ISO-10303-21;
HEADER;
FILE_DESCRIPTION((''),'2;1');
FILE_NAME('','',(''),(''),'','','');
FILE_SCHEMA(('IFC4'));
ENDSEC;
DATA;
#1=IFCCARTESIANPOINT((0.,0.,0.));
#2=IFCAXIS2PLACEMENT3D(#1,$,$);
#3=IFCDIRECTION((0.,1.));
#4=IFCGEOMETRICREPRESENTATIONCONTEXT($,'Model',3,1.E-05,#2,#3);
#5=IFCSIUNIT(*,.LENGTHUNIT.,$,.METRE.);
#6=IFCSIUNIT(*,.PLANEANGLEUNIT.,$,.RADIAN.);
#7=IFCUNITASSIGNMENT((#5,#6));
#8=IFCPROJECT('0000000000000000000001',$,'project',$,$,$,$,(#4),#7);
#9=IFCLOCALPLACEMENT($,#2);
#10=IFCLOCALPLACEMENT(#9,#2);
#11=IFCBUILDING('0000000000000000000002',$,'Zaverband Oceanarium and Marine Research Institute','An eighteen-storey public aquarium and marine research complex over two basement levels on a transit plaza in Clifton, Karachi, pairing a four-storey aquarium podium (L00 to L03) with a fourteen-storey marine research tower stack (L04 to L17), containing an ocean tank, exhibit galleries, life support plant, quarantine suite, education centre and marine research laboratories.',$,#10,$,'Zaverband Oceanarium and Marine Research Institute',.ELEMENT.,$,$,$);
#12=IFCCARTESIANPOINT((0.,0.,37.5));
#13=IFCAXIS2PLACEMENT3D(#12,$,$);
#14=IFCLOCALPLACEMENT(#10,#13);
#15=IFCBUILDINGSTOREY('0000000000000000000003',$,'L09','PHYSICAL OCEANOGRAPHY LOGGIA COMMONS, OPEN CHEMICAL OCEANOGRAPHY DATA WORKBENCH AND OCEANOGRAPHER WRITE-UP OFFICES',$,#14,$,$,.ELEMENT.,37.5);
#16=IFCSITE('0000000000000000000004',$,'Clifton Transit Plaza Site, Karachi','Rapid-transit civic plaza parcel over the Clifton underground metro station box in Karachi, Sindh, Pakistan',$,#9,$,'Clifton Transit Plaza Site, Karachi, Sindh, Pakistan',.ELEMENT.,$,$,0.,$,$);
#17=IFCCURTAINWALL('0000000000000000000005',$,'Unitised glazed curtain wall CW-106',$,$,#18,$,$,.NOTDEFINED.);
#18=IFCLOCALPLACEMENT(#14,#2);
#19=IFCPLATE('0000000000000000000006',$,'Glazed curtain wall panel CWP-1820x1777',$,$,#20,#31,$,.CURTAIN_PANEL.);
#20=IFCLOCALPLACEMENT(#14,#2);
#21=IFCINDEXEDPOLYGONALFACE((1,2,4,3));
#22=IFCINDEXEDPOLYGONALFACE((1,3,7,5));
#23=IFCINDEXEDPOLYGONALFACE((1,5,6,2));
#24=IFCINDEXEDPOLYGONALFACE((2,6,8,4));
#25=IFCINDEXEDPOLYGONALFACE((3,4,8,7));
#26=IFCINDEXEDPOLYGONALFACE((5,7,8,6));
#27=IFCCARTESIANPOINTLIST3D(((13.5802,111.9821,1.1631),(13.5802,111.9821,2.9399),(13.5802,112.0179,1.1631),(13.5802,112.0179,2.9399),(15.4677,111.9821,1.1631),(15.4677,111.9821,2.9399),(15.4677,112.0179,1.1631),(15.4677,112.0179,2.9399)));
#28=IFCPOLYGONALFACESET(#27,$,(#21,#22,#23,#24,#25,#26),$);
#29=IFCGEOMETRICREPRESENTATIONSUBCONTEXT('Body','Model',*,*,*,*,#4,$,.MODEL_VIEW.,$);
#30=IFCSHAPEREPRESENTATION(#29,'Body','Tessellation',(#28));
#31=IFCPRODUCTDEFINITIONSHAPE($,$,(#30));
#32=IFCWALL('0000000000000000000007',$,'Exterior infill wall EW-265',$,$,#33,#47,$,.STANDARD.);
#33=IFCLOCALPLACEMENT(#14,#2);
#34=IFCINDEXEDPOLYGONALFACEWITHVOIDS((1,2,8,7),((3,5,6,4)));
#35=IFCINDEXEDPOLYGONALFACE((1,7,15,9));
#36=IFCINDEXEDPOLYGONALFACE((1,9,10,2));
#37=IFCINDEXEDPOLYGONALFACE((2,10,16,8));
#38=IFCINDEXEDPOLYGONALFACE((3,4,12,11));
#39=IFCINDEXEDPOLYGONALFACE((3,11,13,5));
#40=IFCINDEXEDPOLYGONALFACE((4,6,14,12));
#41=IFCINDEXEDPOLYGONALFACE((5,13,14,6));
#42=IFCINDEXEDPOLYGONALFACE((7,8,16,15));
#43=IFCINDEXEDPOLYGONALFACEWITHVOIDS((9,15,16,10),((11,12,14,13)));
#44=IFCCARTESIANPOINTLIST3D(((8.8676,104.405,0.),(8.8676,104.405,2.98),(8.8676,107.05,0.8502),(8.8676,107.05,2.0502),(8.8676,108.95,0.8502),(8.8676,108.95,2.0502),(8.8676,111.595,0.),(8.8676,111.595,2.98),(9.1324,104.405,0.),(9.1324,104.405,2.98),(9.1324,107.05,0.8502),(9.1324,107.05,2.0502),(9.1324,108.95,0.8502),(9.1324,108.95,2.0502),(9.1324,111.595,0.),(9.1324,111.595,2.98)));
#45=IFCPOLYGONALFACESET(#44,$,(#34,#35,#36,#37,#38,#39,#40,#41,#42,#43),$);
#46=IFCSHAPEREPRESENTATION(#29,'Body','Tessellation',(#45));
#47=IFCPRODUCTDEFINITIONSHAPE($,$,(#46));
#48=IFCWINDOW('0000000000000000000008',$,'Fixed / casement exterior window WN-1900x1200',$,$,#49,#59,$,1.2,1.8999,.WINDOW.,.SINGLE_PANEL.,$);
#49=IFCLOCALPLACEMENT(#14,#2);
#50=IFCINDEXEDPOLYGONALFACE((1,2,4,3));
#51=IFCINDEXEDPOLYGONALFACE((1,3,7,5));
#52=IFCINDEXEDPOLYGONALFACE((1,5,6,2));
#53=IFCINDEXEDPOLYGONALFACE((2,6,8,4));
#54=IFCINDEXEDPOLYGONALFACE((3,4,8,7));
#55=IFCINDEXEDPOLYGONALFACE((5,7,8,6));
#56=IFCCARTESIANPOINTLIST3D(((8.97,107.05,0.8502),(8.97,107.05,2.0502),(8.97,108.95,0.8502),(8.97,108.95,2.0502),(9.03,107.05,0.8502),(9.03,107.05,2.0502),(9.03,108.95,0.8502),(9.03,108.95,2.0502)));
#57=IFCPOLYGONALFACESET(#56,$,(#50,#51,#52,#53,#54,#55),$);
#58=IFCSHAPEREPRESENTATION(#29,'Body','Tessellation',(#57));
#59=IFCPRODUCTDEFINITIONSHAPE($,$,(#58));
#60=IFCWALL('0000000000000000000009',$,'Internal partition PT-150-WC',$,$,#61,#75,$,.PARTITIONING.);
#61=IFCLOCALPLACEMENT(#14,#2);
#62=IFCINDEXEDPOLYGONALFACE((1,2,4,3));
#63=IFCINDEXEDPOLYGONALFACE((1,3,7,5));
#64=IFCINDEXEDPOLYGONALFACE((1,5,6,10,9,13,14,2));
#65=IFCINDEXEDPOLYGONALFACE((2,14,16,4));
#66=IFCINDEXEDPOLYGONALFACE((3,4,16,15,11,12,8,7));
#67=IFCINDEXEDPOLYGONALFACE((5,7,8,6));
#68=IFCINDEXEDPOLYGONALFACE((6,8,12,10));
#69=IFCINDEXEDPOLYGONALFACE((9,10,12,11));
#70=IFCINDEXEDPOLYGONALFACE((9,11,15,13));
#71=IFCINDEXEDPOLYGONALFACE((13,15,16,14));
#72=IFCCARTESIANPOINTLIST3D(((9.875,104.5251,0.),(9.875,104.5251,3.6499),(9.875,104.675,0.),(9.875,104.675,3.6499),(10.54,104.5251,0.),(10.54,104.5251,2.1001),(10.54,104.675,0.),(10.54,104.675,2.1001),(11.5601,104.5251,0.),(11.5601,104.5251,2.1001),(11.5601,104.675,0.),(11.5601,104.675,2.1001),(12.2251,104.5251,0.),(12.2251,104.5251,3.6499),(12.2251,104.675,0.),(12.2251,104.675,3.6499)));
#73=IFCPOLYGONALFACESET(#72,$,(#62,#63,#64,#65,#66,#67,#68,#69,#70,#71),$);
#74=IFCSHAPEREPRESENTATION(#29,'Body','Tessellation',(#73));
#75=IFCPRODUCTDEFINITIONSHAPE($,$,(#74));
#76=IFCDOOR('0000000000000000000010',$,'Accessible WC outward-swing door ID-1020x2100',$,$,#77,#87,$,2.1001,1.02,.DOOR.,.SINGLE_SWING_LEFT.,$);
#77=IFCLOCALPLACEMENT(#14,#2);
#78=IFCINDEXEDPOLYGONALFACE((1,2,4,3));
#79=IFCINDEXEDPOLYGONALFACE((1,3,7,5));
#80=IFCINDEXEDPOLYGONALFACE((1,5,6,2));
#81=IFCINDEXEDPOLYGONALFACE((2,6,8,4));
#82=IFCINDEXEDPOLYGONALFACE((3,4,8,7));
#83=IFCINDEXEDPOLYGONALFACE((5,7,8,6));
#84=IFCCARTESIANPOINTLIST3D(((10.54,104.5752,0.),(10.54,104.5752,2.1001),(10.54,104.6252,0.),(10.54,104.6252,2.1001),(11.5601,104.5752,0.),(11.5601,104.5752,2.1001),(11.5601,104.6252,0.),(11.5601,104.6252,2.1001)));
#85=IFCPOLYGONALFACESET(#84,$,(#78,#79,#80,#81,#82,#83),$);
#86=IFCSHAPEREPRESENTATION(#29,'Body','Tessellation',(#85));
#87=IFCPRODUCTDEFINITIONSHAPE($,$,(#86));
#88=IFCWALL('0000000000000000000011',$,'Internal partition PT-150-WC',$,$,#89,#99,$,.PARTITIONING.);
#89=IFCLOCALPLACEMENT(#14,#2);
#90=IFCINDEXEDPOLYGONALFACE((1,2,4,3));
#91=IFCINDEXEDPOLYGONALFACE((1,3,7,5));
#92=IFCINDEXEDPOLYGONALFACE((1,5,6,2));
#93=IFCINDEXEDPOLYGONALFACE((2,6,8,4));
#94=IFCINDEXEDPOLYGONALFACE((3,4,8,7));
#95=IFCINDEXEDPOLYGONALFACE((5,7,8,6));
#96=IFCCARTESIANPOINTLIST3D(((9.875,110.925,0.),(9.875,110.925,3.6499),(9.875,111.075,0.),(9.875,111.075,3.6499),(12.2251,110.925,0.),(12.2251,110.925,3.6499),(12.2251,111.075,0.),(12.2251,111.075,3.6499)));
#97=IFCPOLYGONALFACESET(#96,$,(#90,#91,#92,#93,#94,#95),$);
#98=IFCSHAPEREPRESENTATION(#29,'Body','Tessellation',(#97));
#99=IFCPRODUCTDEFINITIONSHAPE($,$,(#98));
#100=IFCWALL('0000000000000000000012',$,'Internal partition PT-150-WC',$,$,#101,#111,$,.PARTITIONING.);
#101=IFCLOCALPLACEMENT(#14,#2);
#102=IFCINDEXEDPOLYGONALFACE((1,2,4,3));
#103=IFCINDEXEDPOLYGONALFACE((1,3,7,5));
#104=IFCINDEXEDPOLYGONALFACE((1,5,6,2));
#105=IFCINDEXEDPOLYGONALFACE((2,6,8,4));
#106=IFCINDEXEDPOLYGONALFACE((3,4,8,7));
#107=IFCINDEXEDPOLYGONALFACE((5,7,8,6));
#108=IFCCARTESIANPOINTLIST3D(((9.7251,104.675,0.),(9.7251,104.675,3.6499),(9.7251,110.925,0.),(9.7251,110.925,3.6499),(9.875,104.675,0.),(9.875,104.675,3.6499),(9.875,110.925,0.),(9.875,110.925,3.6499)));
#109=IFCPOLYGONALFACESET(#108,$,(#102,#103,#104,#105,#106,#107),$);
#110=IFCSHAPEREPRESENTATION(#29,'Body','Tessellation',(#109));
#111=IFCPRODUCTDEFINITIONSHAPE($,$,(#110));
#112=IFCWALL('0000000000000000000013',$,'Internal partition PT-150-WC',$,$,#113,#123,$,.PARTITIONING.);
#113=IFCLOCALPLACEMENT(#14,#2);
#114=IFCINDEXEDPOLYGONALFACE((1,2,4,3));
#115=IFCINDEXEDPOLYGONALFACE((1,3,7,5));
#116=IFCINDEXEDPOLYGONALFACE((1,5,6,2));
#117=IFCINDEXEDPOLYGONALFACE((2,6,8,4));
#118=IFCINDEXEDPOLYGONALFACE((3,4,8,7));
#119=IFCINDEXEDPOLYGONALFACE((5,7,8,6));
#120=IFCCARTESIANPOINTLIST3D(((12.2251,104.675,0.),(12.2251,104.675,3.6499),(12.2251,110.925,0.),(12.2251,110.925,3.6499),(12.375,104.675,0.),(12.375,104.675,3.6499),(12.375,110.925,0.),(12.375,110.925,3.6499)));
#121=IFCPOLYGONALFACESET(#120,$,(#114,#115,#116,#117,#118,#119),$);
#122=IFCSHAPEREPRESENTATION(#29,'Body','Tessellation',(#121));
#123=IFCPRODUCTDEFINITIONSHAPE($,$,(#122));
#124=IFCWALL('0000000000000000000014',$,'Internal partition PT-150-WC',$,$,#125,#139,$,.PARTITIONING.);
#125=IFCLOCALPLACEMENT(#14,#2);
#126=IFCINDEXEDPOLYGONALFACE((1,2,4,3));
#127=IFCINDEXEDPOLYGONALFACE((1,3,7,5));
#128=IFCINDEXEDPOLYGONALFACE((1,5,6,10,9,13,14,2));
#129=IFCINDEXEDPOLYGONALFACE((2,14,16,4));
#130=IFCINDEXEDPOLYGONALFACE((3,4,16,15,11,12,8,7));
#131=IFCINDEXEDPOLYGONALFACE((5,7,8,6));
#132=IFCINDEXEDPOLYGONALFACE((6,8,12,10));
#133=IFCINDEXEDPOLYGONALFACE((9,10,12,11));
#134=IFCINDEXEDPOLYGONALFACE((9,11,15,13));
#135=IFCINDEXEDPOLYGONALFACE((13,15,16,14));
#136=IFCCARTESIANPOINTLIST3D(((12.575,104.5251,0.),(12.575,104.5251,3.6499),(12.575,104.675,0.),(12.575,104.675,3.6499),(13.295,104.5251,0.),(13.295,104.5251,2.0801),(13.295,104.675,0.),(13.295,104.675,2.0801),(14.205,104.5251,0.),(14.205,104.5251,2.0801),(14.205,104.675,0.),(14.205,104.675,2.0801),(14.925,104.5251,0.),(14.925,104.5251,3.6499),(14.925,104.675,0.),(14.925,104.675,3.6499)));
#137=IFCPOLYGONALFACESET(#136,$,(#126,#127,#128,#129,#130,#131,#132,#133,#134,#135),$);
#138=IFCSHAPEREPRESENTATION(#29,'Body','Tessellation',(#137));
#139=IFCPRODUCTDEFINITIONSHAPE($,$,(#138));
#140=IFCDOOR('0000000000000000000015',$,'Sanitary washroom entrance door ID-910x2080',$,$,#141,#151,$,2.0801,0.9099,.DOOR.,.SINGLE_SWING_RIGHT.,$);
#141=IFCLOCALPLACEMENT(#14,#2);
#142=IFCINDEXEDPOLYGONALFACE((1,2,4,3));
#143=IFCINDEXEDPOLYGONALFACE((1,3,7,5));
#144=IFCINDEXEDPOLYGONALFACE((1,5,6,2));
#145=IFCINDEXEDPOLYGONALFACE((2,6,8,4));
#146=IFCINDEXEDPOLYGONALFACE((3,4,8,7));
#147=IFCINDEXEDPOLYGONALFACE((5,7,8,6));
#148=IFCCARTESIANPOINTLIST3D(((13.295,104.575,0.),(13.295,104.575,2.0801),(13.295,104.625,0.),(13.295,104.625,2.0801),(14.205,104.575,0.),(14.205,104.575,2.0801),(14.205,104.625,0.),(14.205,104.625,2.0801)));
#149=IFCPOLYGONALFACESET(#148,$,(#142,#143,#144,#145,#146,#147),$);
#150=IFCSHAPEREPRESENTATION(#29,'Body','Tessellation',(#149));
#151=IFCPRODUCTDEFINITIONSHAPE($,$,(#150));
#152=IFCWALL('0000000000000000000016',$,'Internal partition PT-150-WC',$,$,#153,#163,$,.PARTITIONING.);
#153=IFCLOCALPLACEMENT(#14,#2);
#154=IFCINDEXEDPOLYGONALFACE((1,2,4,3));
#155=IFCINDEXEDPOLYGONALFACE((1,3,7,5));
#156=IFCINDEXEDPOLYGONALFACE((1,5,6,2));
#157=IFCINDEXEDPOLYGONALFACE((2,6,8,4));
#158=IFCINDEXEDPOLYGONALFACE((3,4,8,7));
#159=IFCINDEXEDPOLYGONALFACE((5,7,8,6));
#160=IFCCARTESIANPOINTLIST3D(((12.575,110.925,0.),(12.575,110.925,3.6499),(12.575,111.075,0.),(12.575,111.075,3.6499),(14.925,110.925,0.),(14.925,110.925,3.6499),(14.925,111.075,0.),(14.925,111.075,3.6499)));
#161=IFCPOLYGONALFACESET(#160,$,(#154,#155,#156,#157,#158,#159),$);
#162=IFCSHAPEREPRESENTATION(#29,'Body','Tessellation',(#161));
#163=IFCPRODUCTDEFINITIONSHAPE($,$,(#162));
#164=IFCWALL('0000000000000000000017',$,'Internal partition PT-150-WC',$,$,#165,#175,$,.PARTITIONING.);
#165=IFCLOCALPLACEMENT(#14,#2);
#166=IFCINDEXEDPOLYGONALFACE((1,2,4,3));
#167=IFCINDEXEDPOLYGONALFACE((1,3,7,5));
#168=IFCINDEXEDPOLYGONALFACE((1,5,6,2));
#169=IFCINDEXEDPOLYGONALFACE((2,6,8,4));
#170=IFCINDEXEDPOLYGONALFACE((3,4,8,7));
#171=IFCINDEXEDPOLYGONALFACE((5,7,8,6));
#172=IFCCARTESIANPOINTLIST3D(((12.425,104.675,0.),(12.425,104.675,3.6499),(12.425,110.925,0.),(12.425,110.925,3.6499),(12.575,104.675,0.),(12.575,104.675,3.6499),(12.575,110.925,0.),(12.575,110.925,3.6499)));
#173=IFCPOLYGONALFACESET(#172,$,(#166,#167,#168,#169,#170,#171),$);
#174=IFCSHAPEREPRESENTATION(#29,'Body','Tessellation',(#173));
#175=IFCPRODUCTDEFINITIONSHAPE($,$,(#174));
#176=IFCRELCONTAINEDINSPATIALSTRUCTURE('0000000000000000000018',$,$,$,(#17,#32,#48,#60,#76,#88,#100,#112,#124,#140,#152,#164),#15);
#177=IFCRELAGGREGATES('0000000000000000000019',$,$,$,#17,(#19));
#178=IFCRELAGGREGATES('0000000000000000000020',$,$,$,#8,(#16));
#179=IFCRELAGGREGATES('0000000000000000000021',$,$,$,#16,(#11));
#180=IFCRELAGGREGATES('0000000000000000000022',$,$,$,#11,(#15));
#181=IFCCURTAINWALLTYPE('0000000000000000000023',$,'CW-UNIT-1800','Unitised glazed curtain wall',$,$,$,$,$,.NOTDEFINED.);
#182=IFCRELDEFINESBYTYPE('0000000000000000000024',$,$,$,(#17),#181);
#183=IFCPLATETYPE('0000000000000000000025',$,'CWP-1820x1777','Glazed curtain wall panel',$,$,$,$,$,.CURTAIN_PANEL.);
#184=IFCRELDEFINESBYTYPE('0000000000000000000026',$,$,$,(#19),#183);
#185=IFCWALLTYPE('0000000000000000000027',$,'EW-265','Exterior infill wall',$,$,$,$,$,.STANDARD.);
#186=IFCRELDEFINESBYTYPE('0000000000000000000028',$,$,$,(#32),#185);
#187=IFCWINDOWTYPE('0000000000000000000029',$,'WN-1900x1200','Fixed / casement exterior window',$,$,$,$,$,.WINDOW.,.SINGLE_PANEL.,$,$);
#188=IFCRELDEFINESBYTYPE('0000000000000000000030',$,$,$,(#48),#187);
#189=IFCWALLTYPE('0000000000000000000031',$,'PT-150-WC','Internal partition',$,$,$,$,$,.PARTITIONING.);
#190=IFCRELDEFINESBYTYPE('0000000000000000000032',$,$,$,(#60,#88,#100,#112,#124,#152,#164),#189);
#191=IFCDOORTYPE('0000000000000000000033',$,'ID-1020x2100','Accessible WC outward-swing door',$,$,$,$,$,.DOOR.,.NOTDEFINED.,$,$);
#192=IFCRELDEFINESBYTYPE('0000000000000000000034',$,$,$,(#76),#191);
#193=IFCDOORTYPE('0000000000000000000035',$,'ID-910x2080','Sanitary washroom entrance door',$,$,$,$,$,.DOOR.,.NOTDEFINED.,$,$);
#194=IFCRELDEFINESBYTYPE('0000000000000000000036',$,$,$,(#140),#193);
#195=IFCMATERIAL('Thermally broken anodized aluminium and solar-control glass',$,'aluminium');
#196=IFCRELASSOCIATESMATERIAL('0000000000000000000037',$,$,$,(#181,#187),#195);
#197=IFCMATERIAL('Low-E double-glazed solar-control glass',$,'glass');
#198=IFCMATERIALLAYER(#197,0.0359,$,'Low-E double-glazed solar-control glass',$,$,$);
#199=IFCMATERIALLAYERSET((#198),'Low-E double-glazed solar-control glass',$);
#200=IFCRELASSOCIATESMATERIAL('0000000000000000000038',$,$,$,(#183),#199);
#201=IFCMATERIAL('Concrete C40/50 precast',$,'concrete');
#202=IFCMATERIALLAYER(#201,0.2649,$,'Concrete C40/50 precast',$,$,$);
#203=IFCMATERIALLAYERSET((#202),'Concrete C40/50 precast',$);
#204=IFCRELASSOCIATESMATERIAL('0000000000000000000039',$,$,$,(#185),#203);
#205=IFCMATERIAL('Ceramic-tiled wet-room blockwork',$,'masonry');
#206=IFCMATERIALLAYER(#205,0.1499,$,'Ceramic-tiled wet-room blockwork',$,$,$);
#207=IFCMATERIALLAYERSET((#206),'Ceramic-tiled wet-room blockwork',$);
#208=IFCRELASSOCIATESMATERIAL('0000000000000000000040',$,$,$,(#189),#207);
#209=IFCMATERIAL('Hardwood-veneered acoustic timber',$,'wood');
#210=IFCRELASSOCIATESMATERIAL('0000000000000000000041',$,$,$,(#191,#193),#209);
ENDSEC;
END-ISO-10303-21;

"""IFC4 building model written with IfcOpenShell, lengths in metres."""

from ifc_helpers import new_model, si_unit, direction, frame, frame_2d, origin, place, context, subcontext, project, spatial, rectangle, extrude, material, layer, layer_set, type_object, element, fill, aggregate, save


model = new_model("IFC4")

# Units and contexts
model_context = context("Model", 3, precision=1e-05, world=origin(), true_north=direction((0.0, 1.0)))
body_context = subcontext(model_context, "Body", "Model", "MODEL_VIEW")
ifc_project = project(units=[si_unit("LENGTHUNIT", "METRE"), si_unit("PLANEANGLEUNIT", "RADIAN")], contexts=[model_context])

# Site, building, storey
site_placement = place(None, origin())
site = spatial("IfcSite", under=ifc_project, at=site_placement, Name="Clifton Transit Plaza Site, Karachi", Description="Rapid-transit civic plaza parcel over the Clifton underground metro station box in Karachi, Sindh, Pakistan", LongName="Clifton Transit Plaza Site, Karachi, Sindh, Pakistan", CompositionType="ELEMENT", RefElevation=0.0)
building_placement = place(site_placement, origin())
building = spatial("IfcBuilding", under=site, at=building_placement, Name="Zaverband Oceanarium and Marine Research Institute", Description="An eighteen-storey public aquarium and marine research complex over two basement levels on a transit plaza in Clifton, Karachi, pairing a four-storey aquarium podium (L00 to L03) with a fourteen-storey marine research tower stack (L04 to L17), containing an ocean tank, exhibit galleries, life support plant, quarantine suite, education centre and marine research laboratories.", LongName="Zaverband Oceanarium and Marine Research Institute", CompositionType="ELEMENT")
storey_placement = place(building_placement, frame((0.0, 0.0, 37.5)))
storey = spatial("IfcBuildingStorey", under=building, at=storey_placement, Name="L09", Description="PHYSICAL OCEANOGRAPHY LOGGIA COMMONS, OPEN CHEMICAL OCEANOGRAPHY DATA WORKBENCH AND OCEANOGRAPHER WRITE-UP OFFICES", CompositionType="ELEMENT", Elevation=37.5)

# Curtain wall
ifc_material_1 = material(Name="Thermally broken anodized aluminium and solar-control glass", Category="aluminium")
curtain_wall_type = type_object("IfcCurtainWallType", Name="CW-UNIT-1800", Description="Unitised glazed curtain wall", PredefinedType="NOTDEFINED", material=ifc_material_1)
curtain_wall_placement = place(storey_placement, origin())
curtain_wall = element("IfcCurtainWall", 1, at=curtain_wall_placement, inside=storey, type_object=curtain_wall_type, Name="Unitised glazed curtain wall CW-106", PredefinedType="NOTDEFINED")

# Plate
ifc_material_2 = material(Name="Low-E double-glazed solar-control glass", Category="glass")
ifc_layer_1 = layer(ifc_material_2, 0.0359, Name="Low-E double-glazed solar-control glass")
ifc_layer_set_1 = layer_set([ifc_layer_1], Name="Low-E double-glazed solar-control glass")
plate_type_1 = type_object("IfcPlateType", Name="CWP-1820x1777", Description="Glazed curtain wall panel", PredefinedType="CURTAIN_PANEL", material=ifc_layer_set_1)
plate_1_placement = place(storey_placement, frame((13.5801, 112.0, 1.1631), z_axis=(0.0, 0.0, 1.0), x_axis=(1.0, 0.0, 0.0)))
plate_1 = element("IfcPlate", 2, at=plate_1_placement, type_object=plate_type_1, Name="Glazed curtain wall panel CWP-1820x1777", PredefinedType="CURTAIN_PANEL", context=body_context, shape_type="SweptSolid", body=[
    extrude(rectangle(XDim=1.8875, YDim=0.0359, at=frame_2d((0.9438, 0.0))), origin(), (0.0, 0.0, 1.0), 1.7769),
])
aggregate(curtain_wall, [plate_1])

# Wall, opening, window
ifc_material_3 = material(Name="Concrete C40/50 precast", Category="concrete")
ifc_layer_2 = layer(ifc_material_3, 0.2649, Name="Concrete C40/50 precast")
ifc_layer_set_2 = layer_set([ifc_layer_2], Name="Concrete C40/50 precast")
wall_type_1 = type_object("IfcWallType", Name="EW-265", Description="Exterior infill wall", PredefinedType="STANDARD", material=ifc_layer_set_2)
wall_1_placement = place(storey_placement, frame((9.0, 104.405, 0.0), z_axis=(0.0, 0.0, 1.0), x_axis=(0.0, 1.0, 0.0)))
wall_1 = element("IfcWall", 3, at=wall_1_placement, inside=storey, type_object=wall_type_1, Name="Exterior infill wall EW-265", PredefinedType="STANDARD", context=body_context, shape_type="SweptSolid", body=[
    extrude(rectangle(XDim=7.1899, YDim=0.2649, at=frame_2d((3.595, 0.0))), origin(), (0.0, 0.0, 1.0), 2.98),
])
opening_1_placement = place(wall_1_placement, frame((2.645, 0.0, 0.8501)))
opening_1 = element("IfcOpeningElement", 4, at=opening_1_placement, cuts=wall_1, PredefinedType="OPENING", context=body_context, shape_type="SweptSolid", body=[
    extrude(rectangle(XDim=1.8999, YDim=1.2, at=frame_2d((0.95, 0.6001))), frame((0.0, 0.1445, 0.0), z_axis=(0.0, -1.0, 0.0), x_axis=(1.0, 0.0, 0.0)), (0.0, 0.0, 1.0), 0.2888),
])
window_type = type_object("IfcWindowType", Name="WN-1900x1200", Description="Fixed / casement exterior window", PartitioningType="SINGLE_PANEL", PredefinedType="WINDOW", material=ifc_material_1)
window_placement = place(opening_1_placement, origin())
window = element("IfcWindow", 5, at=window_placement, inside=storey, type_object=window_type, Name="Fixed / casement exterior window WN-1900x1200", OverallHeight=1.2, OverallWidth=1.8999, PartitioningType="SINGLE_PANEL", PredefinedType="WINDOW", context=body_context, shape_type="SweptSolid", body=[
    extrude(rectangle(XDim=1.8999, YDim=1.2, at=frame_2d((0.95, 0.6001))), frame((0.0, 0.03, 0.0), z_axis=(0.0, -1.0, 0.0), x_axis=(1.0, 0.0, 0.0)), (0.0, 0.0, 1.0), 0.0601),
])
fill(opening_1, window)

# Wall, opening, door
ifc_material_4 = material(Name="Ceramic-tiled wet-room blockwork", Category="masonry")
ifc_layer_3 = layer(ifc_material_4, 0.1499, Name="Ceramic-tiled wet-room blockwork")
ifc_layer_set_3 = layer_set([ifc_layer_3], Name="Ceramic-tiled wet-room blockwork")
wall_type_2 = type_object("IfcWallType", Name="PT-150-WC", Description="Internal partition", PredefinedType="PARTITIONING", material=ifc_layer_set_3)
wall_2_placement = place(storey_placement, frame((9.875, 104.6001, 0.0), z_axis=(0.0, 0.0, 1.0), x_axis=(1.0, 0.0, 0.0)))
wall_2 = element("IfcWall", 6, at=wall_2_placement, inside=storey, type_object=wall_type_2, Name="Internal partition PT-150-WC", PredefinedType="PARTITIONING", context=body_context, shape_type="SweptSolid", body=[
    extrude(rectangle(XDim=2.3501, YDim=0.1499, at=frame_2d((1.175, 0.0))), origin(), (0.0, 0.0, 1.0), 3.6499),
])
opening_2_placement = place(wall_2_placement, frame((0.665, 0.0, 0.0)))
opening_2 = element("IfcOpeningElement", 7, at=opening_2_placement, cuts=wall_2, PredefinedType="OPENING", context=body_context, shape_type="SweptSolid", body=[
    extrude(rectangle(XDim=1.02, YDim=2.1001, at=frame_2d((0.51, 1.05))), frame((0.0, 0.0869, 0.0), z_axis=(0.0, -1.0, 0.0), x_axis=(1.0, 0.0, 0.0)), (0.0, 0.0, 1.0), 0.1738),
])
ifc_material_5 = material(Name="Hardwood-veneered acoustic timber", Category="wood")
door_type_1 = type_object("IfcDoorType", Name="ID-1020x2100", Description="Accessible WC outward-swing door", OperationType="NOTDEFINED", PredefinedType="DOOR", material=ifc_material_5)
door_1_placement = place(opening_2_placement, frame((1.02, 0.0, 0.0), z_axis=(0.0, 0.0, 1.0), x_axis=(-1.0, 0.0, 0.0)))
door_1 = element("IfcDoor", 8, at=door_1_placement, inside=storey, type_object=door_type_1, Name="Accessible WC outward-swing door ID-1020x2100", OperationType="SINGLE_SWING_LEFT", OverallHeight=2.1001, OverallWidth=1.02, PredefinedType="DOOR", context=body_context, shape_type="SweptSolid", body=[
    extrude(rectangle(XDim=1.02, YDim=2.1001, at=frame_2d((0.51, 1.05))), frame((0.0, 0.0249, 0.0), z_axis=(0.0, -1.0, 0.0), x_axis=(1.0, 0.0, 0.0)), (0.0, 0.0, 1.0), 0.05),
])
fill(opening_2, door_1)

# Walls
wall_3_placement = place(storey_placement, frame((9.875, 111.0, 0.0), z_axis=(0.0, 0.0, 1.0), x_axis=(1.0, 0.0, 0.0)))
element("IfcWall", 9, at=wall_3_placement, inside=storey, type_object=wall_type_2, Name="Internal partition PT-150-WC", PredefinedType="PARTITIONING", context=body_context, shape_type="SweptSolid", body=[
    extrude(rectangle(XDim=2.3501, YDim=0.1499, at=frame_2d((1.175, 0.0))), origin(), (0.0, 0.0, 1.0), 3.6499),
])
for number, where, z_axis, x_axis, name in (
    (10, (9.8, 104.675, 0.0), (0.0, 0.0, 1.0), (0.0, 1.0, 0.0), "Internal partition PT-150-WC"),
    (11, (12.3, 104.675, 0.0), (0.0, 0.0, 1.0), (0.0, 1.0, 0.0), "Internal partition PT-150-WC"),
):
    element("IfcWall", number, at=place(storey_placement, frame(where, z_axis=z_axis, x_axis=x_axis)), inside=storey, type_object=wall_type_2, Name=name, PredefinedType="PARTITIONING", context=body_context, shape_type="SweptSolid", body=[
        extrude(rectangle(XDim=6.25, YDim=0.1499, at=frame_2d((3.125, 0.0))), origin(), (0.0, 0.0, 1.0), 3.6499),
    ])

# Wall, opening, door
wall_4_placement = place(storey_placement, frame((12.575, 104.6001, 0.0), z_axis=(0.0, 0.0, 1.0), x_axis=(1.0, 0.0, 0.0)))
wall_4 = element("IfcWall", 12, at=wall_4_placement, inside=storey, type_object=wall_type_2, Name="Internal partition PT-150-WC", PredefinedType="PARTITIONING", context=body_context, shape_type="SweptSolid", body=[
    extrude(rectangle(XDim=2.3501, YDim=0.1499, at=frame_2d((1.175, 0.0))), origin(), (0.0, 0.0, 1.0), 3.6499),
])
opening_3_placement = place(wall_4_placement, frame((0.72, 0.0, 0.0)))
opening_3 = element("IfcOpeningElement", 13, at=opening_3_placement, cuts=wall_4, PredefinedType="OPENING", context=body_context, shape_type="SweptSolid", body=[
    extrude(rectangle(XDim=0.9099, YDim=2.0801, at=frame_2d((0.4551, 1.04))), frame((0.0, 0.0869, 0.0), z_axis=(0.0, -1.0, 0.0), x_axis=(1.0, 0.0, 0.0)), (0.0, 0.0, 1.0), 0.1738),
])
door_type_2 = type_object("IfcDoorType", Name="ID-910x2080", Description="Sanitary washroom entrance door", OperationType="NOTDEFINED", PredefinedType="DOOR", material=ifc_material_5)
door_2_placement = place(opening_3_placement, origin())
door_2 = element("IfcDoor", 14, at=door_2_placement, inside=storey, type_object=door_type_2, Name="Sanitary washroom entrance door ID-910x2080", OperationType="SINGLE_SWING_RIGHT", OverallHeight=2.0801, OverallWidth=0.9099, PredefinedType="DOOR", context=body_context, shape_type="SweptSolid", body=[
    extrude(rectangle(XDim=0.9099, YDim=2.0801, at=frame_2d((0.4551, 1.04))), frame((0.0, 0.0249, 0.0), z_axis=(0.0, -1.0, 0.0), x_axis=(1.0, 0.0, 0.0)), (0.0, 0.0, 1.0), 0.05),
])
fill(opening_3, door_2)

# Walls
wall_5_placement = place(storey_placement, frame((12.575, 111.0, 0.0), z_axis=(0.0, 0.0, 1.0), x_axis=(1.0, 0.0, 0.0)))
element("IfcWall", 15, at=wall_5_placement, inside=storey, type_object=wall_type_2, Name="Internal partition PT-150-WC", PredefinedType="PARTITIONING", context=body_context, shape_type="SweptSolid", body=[
    extrude(rectangle(XDim=2.3501, YDim=0.1499, at=frame_2d((1.175, 0.0))), origin(), (0.0, 0.0, 1.0), 3.6499),
])
for number, where, z_axis, x_axis, name in (
    (16, (12.5, 104.675, 0.0), (0.0, 0.0, 1.0), (0.0, 1.0, 0.0), "Internal partition PT-150-WC"),
):
    element("IfcWall", number, at=place(storey_placement, frame(where, z_axis=z_axis, x_axis=x_axis)), inside=storey, type_object=wall_type_2, Name=name, PredefinedType="PARTITIONING", context=body_context, shape_type="SweptSolid", body=[
        extrude(rectangle(XDim=6.25, YDim=0.1499, at=frame_2d((3.125, 0.0))), origin(), (0.0, 0.0, 1.0), 3.6499),
    ])

save(model, "model.ifc")
